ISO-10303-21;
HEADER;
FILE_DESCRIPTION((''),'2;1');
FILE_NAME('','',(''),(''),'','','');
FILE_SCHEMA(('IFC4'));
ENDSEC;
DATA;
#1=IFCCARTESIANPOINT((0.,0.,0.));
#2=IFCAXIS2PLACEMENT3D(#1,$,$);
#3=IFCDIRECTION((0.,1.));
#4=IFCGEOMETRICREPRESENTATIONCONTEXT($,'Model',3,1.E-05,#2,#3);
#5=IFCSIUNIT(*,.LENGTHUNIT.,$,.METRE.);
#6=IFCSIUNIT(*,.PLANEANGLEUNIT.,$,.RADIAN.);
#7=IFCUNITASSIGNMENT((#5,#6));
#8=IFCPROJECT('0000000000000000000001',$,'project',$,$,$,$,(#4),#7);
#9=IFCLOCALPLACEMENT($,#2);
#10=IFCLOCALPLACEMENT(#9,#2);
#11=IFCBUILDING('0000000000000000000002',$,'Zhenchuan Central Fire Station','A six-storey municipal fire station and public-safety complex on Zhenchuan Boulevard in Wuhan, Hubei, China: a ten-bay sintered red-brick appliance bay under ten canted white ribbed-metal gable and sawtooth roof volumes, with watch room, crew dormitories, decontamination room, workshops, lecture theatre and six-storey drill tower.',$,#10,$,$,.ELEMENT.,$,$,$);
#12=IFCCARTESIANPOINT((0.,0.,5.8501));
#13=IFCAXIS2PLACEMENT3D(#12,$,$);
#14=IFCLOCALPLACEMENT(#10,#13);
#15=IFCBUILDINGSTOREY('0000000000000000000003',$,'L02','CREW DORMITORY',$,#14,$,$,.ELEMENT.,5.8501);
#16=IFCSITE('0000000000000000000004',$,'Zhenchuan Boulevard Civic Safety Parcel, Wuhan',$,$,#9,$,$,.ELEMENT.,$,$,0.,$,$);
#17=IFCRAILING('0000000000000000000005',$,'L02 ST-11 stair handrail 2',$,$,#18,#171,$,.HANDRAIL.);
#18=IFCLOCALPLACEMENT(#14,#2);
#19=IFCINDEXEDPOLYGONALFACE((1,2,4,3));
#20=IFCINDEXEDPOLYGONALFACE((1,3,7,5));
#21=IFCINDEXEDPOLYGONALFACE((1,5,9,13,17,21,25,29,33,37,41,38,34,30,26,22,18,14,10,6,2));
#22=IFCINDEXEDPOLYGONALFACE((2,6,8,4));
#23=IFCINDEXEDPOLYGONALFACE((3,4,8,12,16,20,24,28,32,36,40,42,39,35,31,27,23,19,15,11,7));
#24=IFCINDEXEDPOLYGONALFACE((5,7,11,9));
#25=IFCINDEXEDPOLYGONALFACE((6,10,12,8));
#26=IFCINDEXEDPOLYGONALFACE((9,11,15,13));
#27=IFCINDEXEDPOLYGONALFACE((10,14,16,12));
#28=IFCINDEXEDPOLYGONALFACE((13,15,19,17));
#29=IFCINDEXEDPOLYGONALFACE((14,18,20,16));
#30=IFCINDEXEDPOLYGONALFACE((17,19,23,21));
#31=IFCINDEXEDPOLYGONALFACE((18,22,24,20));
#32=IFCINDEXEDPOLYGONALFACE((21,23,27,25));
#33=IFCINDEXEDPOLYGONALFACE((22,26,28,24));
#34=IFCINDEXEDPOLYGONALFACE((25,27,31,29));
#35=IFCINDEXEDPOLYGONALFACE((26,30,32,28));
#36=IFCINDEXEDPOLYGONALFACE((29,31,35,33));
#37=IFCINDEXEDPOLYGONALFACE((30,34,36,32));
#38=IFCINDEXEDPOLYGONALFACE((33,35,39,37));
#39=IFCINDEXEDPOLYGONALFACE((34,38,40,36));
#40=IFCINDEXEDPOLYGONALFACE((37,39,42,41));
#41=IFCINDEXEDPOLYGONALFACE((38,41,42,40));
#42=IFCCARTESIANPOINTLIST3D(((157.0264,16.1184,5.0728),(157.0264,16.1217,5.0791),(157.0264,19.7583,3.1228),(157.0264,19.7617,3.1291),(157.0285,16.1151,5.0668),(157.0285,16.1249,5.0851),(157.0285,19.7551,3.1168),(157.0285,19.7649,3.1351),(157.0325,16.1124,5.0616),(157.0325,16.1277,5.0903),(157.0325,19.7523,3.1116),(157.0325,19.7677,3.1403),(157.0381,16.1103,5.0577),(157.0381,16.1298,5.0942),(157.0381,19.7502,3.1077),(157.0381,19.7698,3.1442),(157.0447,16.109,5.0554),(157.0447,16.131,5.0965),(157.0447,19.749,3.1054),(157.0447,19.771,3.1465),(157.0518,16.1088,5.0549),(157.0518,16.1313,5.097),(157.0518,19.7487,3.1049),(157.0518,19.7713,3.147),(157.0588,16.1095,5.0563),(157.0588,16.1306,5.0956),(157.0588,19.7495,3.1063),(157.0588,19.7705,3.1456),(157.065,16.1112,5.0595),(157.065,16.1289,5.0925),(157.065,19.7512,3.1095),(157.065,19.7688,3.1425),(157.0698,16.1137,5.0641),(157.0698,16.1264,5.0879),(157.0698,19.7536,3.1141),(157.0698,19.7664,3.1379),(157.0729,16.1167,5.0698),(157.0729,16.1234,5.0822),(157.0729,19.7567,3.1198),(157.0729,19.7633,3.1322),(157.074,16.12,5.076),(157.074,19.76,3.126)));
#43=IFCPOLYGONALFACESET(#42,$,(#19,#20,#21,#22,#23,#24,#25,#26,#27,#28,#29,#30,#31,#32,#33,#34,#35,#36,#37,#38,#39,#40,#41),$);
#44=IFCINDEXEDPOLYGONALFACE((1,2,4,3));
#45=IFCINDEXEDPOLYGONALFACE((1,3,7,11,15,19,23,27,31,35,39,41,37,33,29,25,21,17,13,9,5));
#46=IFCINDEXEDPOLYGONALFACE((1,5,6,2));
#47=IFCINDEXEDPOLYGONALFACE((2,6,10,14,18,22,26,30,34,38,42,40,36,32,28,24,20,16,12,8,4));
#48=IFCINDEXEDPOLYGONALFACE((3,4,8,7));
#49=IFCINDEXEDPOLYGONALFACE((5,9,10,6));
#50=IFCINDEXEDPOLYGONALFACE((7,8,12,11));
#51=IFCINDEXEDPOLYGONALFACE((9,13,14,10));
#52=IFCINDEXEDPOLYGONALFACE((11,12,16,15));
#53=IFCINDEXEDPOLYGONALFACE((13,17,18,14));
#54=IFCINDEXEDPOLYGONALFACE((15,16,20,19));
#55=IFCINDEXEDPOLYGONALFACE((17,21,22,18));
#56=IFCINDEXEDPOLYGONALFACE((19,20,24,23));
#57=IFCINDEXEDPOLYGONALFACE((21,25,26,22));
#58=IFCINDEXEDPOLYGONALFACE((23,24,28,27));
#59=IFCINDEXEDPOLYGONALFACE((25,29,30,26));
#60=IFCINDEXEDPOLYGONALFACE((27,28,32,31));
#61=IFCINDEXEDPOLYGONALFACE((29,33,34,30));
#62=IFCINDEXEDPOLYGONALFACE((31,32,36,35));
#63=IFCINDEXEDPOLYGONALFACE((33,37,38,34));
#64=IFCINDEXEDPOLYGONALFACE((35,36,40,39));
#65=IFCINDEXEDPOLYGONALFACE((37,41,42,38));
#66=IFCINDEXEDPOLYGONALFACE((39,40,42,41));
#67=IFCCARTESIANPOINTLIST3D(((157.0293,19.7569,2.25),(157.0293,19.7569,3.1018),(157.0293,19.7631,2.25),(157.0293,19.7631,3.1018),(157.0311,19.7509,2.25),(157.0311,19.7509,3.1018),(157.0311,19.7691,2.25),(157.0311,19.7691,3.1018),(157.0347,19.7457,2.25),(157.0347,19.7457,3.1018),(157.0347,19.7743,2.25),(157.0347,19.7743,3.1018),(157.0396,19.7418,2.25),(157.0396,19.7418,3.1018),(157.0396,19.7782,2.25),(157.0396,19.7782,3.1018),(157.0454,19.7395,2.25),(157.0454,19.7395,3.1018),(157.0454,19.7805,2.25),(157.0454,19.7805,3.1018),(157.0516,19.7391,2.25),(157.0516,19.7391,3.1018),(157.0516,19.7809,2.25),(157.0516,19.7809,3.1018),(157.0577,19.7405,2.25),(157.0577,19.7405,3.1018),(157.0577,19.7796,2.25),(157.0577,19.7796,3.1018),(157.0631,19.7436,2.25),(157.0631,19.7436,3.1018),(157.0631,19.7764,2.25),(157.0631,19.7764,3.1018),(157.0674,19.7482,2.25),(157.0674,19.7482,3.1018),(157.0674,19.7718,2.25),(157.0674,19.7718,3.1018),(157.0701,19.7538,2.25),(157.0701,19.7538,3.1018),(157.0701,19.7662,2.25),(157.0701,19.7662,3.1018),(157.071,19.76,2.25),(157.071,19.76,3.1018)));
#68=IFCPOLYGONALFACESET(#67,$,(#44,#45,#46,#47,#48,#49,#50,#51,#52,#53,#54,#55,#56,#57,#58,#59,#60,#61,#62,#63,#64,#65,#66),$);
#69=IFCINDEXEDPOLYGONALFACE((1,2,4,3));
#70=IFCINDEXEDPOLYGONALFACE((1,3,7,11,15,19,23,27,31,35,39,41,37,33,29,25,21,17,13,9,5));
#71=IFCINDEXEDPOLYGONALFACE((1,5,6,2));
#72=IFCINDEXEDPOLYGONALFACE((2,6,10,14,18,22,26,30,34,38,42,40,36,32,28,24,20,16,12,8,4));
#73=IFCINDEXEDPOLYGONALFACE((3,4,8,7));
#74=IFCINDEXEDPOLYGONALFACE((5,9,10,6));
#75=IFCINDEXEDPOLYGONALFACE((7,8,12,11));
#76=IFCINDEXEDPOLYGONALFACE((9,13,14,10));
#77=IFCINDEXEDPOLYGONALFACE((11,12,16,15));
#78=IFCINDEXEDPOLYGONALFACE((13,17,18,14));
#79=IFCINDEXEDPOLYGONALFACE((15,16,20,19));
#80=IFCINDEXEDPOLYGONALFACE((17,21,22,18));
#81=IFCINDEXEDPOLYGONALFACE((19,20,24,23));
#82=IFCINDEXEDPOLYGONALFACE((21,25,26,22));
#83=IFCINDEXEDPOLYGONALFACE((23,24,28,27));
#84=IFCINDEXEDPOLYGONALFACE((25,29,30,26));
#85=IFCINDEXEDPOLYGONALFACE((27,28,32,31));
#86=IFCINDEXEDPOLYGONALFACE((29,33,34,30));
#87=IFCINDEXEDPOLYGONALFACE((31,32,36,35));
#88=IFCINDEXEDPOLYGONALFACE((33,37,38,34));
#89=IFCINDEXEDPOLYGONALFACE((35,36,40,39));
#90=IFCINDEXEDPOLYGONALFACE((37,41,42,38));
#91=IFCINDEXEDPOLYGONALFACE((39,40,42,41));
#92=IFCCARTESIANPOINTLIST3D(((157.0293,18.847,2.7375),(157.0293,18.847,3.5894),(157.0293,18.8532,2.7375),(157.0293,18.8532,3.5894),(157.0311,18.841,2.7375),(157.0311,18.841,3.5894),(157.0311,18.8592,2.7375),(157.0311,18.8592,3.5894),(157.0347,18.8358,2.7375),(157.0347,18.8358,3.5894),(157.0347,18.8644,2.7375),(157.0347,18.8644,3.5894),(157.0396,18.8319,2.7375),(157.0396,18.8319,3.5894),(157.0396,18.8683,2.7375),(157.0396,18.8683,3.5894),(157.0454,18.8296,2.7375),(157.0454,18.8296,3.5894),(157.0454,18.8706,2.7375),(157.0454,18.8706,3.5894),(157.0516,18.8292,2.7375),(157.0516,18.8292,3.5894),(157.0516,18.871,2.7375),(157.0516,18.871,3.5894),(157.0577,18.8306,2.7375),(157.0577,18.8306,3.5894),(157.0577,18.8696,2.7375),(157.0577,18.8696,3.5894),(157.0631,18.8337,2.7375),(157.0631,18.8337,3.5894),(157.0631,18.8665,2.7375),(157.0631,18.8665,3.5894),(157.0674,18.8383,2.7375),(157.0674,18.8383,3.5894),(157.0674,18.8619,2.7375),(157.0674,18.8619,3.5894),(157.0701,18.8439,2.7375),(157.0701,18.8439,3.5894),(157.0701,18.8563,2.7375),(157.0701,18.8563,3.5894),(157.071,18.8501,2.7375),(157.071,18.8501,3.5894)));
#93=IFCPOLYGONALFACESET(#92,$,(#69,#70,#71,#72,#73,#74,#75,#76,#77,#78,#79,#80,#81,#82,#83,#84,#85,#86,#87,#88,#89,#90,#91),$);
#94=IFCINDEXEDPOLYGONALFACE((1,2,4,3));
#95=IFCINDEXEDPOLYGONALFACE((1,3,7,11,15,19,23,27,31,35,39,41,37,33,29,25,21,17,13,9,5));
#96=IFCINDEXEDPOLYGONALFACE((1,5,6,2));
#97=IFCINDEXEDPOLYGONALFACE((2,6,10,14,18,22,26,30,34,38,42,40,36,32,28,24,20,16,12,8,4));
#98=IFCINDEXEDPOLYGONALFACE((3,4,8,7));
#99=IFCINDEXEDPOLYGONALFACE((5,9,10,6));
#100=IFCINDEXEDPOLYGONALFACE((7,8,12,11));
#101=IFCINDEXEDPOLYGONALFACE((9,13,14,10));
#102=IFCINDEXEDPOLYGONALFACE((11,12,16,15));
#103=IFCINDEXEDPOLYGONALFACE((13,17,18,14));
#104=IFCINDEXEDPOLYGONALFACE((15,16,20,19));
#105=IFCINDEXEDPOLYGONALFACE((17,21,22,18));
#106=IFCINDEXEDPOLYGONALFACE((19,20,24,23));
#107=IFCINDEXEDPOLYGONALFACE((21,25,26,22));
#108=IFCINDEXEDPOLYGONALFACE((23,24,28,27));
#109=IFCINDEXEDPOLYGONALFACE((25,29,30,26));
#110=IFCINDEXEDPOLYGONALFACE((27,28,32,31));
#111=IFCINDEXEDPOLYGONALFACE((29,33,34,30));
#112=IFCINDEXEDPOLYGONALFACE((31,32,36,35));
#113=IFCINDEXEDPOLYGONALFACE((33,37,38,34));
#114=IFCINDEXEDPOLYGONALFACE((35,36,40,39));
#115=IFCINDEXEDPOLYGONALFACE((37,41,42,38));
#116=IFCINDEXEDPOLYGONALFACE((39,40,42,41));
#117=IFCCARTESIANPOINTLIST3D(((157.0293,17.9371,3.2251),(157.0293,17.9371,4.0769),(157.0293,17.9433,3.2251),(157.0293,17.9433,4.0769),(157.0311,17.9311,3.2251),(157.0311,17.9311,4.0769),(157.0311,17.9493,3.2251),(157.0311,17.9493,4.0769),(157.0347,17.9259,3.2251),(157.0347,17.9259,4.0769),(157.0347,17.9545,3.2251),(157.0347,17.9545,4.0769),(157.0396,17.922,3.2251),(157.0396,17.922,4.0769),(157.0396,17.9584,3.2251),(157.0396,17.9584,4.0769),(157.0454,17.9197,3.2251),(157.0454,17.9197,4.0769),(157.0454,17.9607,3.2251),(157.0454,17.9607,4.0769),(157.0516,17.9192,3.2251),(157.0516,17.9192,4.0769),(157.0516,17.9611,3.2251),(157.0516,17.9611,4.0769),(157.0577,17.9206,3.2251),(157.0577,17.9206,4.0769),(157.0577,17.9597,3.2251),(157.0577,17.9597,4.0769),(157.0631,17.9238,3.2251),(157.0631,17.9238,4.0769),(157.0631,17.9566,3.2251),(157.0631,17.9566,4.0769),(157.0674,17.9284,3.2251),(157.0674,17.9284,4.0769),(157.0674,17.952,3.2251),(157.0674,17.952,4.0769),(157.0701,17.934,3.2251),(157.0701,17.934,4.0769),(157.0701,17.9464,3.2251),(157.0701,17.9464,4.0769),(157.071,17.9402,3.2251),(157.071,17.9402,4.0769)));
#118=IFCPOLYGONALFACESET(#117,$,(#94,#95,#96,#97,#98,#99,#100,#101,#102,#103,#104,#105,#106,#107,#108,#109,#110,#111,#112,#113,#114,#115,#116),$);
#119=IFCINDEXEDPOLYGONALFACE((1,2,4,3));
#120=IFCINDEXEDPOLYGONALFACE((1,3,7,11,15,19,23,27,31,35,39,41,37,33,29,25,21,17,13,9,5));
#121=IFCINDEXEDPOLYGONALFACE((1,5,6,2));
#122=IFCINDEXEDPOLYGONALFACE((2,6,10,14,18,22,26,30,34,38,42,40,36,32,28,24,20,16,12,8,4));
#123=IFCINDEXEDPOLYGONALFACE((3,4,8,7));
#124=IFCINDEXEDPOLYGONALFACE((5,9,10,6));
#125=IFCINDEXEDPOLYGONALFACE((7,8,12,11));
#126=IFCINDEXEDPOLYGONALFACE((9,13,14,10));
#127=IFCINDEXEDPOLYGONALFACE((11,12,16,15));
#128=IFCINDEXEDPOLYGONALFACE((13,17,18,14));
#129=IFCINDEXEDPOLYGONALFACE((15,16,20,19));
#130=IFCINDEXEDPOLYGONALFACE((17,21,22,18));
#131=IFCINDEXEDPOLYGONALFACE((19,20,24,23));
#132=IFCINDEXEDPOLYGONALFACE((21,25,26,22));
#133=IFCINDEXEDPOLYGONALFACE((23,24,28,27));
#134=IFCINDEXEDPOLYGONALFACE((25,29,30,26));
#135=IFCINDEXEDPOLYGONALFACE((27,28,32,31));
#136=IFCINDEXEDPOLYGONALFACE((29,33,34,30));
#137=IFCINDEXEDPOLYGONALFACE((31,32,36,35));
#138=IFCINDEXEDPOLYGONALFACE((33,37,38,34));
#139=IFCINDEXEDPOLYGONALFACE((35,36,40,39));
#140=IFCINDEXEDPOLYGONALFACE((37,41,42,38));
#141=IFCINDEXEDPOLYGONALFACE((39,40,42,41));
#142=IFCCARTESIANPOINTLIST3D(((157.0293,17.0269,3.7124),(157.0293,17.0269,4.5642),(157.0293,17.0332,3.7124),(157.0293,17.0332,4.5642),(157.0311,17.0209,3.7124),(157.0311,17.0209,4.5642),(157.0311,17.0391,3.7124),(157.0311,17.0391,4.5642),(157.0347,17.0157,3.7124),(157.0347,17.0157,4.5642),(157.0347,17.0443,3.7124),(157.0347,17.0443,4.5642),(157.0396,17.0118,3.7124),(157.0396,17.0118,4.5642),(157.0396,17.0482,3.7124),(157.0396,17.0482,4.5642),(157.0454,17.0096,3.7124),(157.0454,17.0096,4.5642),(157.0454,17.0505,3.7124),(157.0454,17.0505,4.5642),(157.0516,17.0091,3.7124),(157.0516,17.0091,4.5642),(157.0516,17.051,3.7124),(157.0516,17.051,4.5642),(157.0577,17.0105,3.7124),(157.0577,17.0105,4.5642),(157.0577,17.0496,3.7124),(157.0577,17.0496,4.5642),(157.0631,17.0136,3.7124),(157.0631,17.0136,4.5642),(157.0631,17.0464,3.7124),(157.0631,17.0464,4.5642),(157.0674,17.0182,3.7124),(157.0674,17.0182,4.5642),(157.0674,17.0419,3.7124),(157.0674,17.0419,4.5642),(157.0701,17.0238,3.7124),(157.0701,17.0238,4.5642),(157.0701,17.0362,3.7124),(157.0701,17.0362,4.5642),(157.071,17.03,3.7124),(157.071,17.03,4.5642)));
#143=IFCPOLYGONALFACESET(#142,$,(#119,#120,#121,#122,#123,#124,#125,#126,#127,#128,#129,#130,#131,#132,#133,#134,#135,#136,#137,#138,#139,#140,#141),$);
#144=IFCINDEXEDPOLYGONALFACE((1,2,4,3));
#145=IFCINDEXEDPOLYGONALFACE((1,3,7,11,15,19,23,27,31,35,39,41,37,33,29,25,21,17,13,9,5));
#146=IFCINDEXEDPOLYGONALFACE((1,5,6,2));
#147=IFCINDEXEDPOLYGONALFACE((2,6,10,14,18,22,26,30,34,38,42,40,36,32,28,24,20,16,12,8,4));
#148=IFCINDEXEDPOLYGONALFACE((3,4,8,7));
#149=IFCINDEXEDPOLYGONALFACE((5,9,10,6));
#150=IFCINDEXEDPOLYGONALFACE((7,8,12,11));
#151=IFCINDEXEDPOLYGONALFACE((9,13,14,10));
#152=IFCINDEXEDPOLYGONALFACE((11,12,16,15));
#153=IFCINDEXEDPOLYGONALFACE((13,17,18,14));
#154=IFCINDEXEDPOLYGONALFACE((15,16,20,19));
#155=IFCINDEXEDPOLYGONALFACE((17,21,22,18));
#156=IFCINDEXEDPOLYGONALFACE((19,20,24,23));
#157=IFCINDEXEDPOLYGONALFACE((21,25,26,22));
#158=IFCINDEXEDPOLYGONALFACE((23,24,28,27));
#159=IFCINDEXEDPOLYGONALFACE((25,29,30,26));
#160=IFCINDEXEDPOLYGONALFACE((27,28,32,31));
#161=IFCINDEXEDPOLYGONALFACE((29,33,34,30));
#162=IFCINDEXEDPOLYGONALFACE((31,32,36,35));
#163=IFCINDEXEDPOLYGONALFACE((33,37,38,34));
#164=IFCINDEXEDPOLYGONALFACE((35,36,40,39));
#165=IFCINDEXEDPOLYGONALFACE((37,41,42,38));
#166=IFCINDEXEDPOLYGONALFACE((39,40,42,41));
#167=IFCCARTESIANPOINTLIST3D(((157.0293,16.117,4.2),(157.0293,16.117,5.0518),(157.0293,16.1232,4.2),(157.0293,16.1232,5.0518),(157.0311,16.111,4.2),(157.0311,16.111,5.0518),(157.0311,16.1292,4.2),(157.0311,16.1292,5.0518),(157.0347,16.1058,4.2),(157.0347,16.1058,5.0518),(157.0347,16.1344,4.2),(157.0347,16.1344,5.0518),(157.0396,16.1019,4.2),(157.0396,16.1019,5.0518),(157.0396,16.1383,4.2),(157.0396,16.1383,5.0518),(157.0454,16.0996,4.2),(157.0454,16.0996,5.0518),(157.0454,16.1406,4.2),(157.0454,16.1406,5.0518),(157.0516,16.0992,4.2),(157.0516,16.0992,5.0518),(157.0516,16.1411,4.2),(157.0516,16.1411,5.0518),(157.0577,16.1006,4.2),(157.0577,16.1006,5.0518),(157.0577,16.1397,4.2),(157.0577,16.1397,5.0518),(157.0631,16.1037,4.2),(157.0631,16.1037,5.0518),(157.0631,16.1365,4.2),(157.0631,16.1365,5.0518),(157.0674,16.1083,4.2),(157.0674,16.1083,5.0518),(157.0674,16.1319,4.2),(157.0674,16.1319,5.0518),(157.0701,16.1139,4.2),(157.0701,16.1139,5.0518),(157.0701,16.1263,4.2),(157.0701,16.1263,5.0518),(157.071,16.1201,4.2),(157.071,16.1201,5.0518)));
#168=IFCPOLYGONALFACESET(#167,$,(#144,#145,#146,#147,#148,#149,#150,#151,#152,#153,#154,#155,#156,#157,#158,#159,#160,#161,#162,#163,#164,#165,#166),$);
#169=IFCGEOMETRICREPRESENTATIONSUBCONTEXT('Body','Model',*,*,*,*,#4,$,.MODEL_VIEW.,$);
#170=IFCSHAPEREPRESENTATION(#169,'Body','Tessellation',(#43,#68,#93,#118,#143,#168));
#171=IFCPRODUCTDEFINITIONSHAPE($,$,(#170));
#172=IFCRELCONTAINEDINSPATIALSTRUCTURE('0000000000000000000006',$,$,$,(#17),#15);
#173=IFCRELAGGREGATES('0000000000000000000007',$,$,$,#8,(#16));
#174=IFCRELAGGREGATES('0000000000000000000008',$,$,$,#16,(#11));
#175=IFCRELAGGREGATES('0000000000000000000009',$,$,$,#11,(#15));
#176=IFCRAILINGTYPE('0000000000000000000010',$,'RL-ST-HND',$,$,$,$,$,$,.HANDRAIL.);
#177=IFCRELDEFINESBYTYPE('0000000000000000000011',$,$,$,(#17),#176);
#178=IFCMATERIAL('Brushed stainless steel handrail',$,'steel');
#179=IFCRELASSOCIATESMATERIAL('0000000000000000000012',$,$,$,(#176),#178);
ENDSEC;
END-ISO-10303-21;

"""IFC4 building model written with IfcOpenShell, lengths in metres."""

from ifc_helpers import new_model, si_unit, direction, frame, origin, origin_2d, place, context, subcontext, project, spatial, circle, extrude, material, type_object, element, save


model = new_model("IFC4")

# Units and contexts
model_context = context("Model", 3, precision=1e-05, world=origin(), true_north=direction((0.0, 1.0)))
body_context = subcontext(model_context, "Body", "Model", "MODEL_VIEW")
ifc_project = project(units=[si_unit("LENGTHUNIT", "METRE"), si_unit("PLANEANGLEUNIT", "RADIAN")], contexts=[model_context])

# Site, building, storey
site_placement = place(None, origin())
site = spatial("IfcSite", under=ifc_project, at=site_placement, Name="Zhenchuan Boulevard Civic Safety Parcel, Wuhan", CompositionType="ELEMENT", RefElevation=0.0)
building_placement = place(site_placement, origin())
building = spatial("IfcBuilding", under=site, at=building_placement, Name="Zhenchuan Central Fire Station", Description="A six-storey municipal fire station and public-safety complex on Zhenchuan Boulevard in Wuhan, Hubei, China: a ten-bay sintered red-brick appliance bay under ten canted white ribbed-metal gable and sawtooth roof volumes, with watch room, crew dormitories, decontamination room, workshops, lecture theatre and six-storey drill tower.", CompositionType="ELEMENT")
storey_placement = place(building_placement, frame((0.0, 0.0, 5.8501)))
storey = spatial("IfcBuildingStorey", under=building, at=storey_placement, Name="L02", Description="CREW DORMITORY", CompositionType="ELEMENT", Elevation=5.8501)

# Railing
ifc_material_1 = material(Name="Brushed stainless steel handrail", Category="steel")
railing_type_1 = type_object("IfcRailingType", Name="RL-ST-HND", PredefinedType="HANDRAIL", material=ifc_material_1)
railing_1_placement = place(storey_placement, frame((157.05, 19.76, 2.25)))
element("IfcRailing", 1, at=railing_1_placement, inside=storey, type_object=railing_type_1, Name="L02 ST-11 stair handrail 2", PredefinedType="HANDRAIL", context=body_context, shape_type="SweptSolid", body=[
    extrude(circle(Radius=0.0239, at=origin_2d()), frame((0.0, 0.0, 0.876), z_axis=(0.0, -0.881479, 0.472223), x_axis=(1.0, 0.0, 0.0)), (0.0, 0.0, 1.0), 4.1294),
    extrude(circle(Radius=0.021, at=origin_2d()), origin(), (0.0, 0.0, 1.0), 0.8518),
    extrude(circle(Radius=0.021, at=origin_2d()), frame((0.0, -0.9099, 0.4875)), (0.0, 0.0, 1.0), 0.8518),
    extrude(circle(Radius=0.021, at=origin_2d()), frame((0.0, -1.8198, 0.9751)), (0.0, 0.0, 1.0), 0.8518),
    extrude(circle(Radius=0.021, at=origin_2d()), frame((0.0, -2.73, 1.4624)), (0.0, 0.0, 1.0), 0.8518),
    extrude(circle(Radius=0.021, at=origin_2d()), frame((0.0, -3.6399, 1.95)), (0.0, 0.0, 1.0), 0.8518),
])

save(model, "model.ifc")
